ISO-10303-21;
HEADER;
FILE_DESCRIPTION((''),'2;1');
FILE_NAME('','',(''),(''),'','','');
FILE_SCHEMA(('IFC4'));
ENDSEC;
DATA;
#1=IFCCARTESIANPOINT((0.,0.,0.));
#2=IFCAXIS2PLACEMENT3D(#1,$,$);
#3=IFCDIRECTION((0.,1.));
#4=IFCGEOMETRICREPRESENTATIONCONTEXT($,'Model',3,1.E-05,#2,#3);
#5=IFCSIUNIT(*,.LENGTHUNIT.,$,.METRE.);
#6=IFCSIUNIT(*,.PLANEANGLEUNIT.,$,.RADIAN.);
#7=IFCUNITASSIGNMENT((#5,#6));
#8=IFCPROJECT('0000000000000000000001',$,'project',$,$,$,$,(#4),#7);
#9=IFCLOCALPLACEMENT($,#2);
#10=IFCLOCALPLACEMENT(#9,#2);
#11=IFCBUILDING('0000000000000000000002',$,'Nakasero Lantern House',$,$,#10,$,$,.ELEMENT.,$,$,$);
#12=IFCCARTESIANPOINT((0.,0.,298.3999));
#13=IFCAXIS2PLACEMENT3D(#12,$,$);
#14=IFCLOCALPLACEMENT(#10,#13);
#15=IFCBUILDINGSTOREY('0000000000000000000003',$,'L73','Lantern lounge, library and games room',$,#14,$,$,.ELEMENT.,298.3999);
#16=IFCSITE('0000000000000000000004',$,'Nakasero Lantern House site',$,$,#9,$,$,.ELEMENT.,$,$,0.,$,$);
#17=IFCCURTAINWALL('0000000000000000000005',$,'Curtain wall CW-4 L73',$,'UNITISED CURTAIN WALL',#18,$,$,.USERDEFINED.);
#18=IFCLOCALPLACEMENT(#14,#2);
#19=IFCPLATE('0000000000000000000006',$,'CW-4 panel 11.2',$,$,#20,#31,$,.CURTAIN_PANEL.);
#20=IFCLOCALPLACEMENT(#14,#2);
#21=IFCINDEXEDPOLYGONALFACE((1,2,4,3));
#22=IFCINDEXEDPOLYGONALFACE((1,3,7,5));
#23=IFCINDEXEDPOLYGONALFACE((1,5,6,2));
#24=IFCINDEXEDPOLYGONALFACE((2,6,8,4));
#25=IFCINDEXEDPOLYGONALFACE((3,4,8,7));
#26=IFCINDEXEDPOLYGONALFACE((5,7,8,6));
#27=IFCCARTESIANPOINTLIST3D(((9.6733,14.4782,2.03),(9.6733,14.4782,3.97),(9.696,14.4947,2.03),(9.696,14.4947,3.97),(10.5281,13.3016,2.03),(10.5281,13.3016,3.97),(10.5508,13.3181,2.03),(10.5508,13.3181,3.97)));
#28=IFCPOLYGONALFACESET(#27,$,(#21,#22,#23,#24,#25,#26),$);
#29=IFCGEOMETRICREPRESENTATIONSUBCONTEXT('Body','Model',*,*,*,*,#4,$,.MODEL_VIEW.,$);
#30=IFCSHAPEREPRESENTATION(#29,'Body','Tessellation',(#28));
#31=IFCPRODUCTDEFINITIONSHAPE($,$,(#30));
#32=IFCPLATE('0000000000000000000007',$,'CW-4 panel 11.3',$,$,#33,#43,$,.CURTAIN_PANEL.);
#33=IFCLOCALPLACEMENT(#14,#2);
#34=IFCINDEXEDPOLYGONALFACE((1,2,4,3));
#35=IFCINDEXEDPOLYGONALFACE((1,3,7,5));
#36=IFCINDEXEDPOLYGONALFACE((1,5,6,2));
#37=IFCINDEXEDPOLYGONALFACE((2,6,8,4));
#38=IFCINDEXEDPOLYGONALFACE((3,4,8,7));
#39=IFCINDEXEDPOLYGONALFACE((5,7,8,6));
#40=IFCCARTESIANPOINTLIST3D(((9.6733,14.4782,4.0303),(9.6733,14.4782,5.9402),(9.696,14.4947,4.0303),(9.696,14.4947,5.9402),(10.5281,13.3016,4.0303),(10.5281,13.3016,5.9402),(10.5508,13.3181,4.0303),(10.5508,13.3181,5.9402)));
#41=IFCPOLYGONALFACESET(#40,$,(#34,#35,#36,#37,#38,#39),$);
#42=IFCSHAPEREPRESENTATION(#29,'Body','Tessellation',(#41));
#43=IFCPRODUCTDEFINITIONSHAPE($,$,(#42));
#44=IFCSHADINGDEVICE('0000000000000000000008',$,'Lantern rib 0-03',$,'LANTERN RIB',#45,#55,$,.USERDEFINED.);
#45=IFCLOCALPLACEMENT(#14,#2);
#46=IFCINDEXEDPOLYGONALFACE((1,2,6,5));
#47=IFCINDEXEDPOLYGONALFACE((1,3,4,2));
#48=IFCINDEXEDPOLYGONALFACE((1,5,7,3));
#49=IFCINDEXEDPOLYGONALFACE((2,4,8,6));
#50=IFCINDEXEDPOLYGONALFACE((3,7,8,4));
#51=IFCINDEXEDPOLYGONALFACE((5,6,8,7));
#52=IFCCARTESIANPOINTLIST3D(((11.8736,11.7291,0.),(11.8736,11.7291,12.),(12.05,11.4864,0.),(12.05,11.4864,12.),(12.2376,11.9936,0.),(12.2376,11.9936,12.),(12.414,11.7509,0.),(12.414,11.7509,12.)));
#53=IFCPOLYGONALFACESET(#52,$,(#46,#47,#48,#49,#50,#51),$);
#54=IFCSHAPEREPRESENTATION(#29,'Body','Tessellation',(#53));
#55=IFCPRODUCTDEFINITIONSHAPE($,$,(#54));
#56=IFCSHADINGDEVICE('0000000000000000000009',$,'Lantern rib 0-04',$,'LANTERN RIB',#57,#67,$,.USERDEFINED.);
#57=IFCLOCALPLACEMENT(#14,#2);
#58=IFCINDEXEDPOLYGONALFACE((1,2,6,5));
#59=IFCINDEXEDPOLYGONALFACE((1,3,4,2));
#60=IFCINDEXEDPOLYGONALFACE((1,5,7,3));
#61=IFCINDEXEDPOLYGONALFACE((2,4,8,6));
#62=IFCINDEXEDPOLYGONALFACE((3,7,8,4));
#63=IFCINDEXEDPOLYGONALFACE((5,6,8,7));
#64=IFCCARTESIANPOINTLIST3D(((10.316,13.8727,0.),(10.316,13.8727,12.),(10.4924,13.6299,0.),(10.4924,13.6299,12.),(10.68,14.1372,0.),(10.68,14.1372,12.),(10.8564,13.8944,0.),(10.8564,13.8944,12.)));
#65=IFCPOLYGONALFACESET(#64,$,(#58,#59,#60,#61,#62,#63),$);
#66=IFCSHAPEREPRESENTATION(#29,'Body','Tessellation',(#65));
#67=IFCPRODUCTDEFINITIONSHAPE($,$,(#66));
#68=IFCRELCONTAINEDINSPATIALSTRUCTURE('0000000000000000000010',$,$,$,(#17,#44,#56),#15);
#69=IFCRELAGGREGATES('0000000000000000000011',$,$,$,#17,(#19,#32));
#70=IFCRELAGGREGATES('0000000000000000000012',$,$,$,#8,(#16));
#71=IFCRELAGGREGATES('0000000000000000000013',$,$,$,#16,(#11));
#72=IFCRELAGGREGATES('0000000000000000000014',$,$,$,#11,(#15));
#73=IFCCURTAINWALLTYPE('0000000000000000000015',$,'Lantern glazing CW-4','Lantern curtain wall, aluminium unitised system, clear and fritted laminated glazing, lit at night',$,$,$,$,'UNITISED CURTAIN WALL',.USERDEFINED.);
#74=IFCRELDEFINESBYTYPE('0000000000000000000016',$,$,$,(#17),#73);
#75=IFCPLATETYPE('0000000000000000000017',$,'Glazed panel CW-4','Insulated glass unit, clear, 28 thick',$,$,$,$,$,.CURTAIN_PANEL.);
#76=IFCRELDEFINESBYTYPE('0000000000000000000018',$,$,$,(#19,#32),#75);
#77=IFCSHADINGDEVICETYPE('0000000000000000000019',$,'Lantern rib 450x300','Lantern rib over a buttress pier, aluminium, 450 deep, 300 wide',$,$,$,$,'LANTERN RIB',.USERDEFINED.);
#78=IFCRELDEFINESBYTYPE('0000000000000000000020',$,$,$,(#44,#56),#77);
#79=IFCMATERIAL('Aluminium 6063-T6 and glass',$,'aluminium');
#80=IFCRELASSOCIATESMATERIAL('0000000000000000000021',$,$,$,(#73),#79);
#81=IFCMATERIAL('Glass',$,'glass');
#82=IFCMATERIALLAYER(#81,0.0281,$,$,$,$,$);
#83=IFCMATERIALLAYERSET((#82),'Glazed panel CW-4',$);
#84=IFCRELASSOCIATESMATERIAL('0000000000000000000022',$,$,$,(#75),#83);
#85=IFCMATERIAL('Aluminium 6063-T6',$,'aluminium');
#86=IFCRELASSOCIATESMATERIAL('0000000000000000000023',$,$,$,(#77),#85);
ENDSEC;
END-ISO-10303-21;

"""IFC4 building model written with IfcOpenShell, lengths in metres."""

from ifc_helpers import new_model, si_unit, direction, frame, origin, origin_2d, place, context, subcontext, project, spatial, rectangle, extrude, material, layer, layer_set, type_object, element, aggregate, save


model = new_model("IFC4")

# Units and contexts
model_context = context("Model", 3, precision=1e-05, world=origin(), true_north=direction((0.0, 1.0)))
body_context = subcontext(model_context, "Body", "Model", "MODEL_VIEW")
ifc_project = project(units=[si_unit("LENGTHUNIT", "METRE"), si_unit("PLANEANGLEUNIT", "RADIAN")], contexts=[model_context])

# Site, building, storey
site_placement = place(None, origin())
site = spatial("IfcSite", under=ifc_project, at=site_placement, Name="Nakasero Lantern House site", CompositionType="ELEMENT", RefElevation=0.0)
building_placement = place(site_placement, origin())
building = spatial("IfcBuilding", under=site, at=building_placement, Name="Nakasero Lantern House", CompositionType="ELEMENT")
storey_placement = place(building_placement, frame((0.0, 0.0, 298.3999)))
storey = spatial("IfcBuildingStorey", under=building, at=storey_placement, Name="L73", Description="Lantern lounge, library and games room", CompositionType="ELEMENT", Elevation=298.3999)

# Curtain wall
ifc_material_1 = material(Name="Aluminium 6063-T6 and glass", Category="aluminium")
curtain_wall_type = type_object("IfcCurtainWallType", Name="Lantern glazing CW-4", Description="Lantern curtain wall, aluminium unitised system, clear and fritted laminated glazing, lit at night", ElementType="UNITISED CURTAIN WALL", PredefinedType="USERDEFINED", material=ifc_material_1)
curtain_wall_placement = place(storey_placement, origin())
curtain_wall = element("IfcCurtainWall", 1, at=curtain_wall_placement, inside=storey, type_object=curtain_wall_type, Name="Curtain wall CW-4 L73", ObjectType="UNITISED CURTAIN WALL", PredefinedType="USERDEFINED")

# Plates
ifc_material_2 = material(Name="Glass", Category="glass")
ifc_layer = layer(ifc_material_2, 0.0281)
ifc_layer_set = layer_set([ifc_layer], Name="Glazed panel CW-4")
plate_type = type_object("IfcPlateType", Name="Glazed panel CW-4", Description="Insulated glass unit, clear, 28 thick", PredefinedType="CURTAIN_PANEL", material=ifc_layer_set)
plate_1_placement = place(storey_placement, frame((10.1121, 13.8982, 2.03), z_axis=(0.0, 0.0, 1.0), x_axis=(-0.587785, 0.809017, 0.0)))
plate_1 = element("IfcPlate", 2, at=plate_1_placement, type_object=plate_type, Name="CW-4 panel 11.2", PredefinedType="CURTAIN_PANEL", context=body_context, shape_type="SweptSolid", body=[
    extrude(rectangle(XDim=1.4543, YDim=0.0281, at=origin_2d()), origin(), (0.0, 0.0, 1.0), 1.9399),
])
plate_2_placement = place(storey_placement, frame((10.1121, 13.8982, 4.0303), z_axis=(0.0, 0.0, 1.0), x_axis=(-0.587785, 0.809017, 0.0)))
plate_2 = element("IfcPlate", 3, at=plate_2_placement, type_object=plate_type, Name="CW-4 panel 11.3", PredefinedType="CURTAIN_PANEL", context=body_context, shape_type="SweptSolid", body=[
    extrude(rectangle(XDim=1.4543, YDim=0.0281, at=origin_2d()), origin(), (0.0, 0.0, 1.0), 1.9099),
])
aggregate(curtain_wall, [plate_1, plate_2])

# Shading devices
ifc_material_3 = material(Name="Aluminium 6063-T6", Category="aluminium")
shading_device_type = type_object("IfcShadingDeviceType", Name="Lantern rib 450x300", Description="Lantern rib over a buttress pier, aluminium, 450 deep, 300 wide", ElementType="LANTERN RIB", PredefinedType="USERDEFINED", material=ifc_material_3)
for number, where, z_axis, x_axis, name in (
    (4, (12.1438, 11.74, 0.0), (0.0, 0.0, 1.0), (0.809017, 0.587785, 0.0), "Lantern rib 0-03"),
    (5, (10.5862, 13.8835, 0.0), (0.0, 0.0, 1.0), (0.809017, 0.587785, 0.0), "Lantern rib 0-04"),
):
    element("IfcShadingDevice", number, at=place(storey_placement, frame(where, z_axis=z_axis, x_axis=x_axis)), inside=storey, type_object=shading_device_type, Name=name, ObjectType="LANTERN RIB", PredefinedType="USERDEFINED", context=body_context, shape_type="SweptSolid", body=[
        extrude(rectangle(XDim=0.45, YDim=0.3, at=origin_2d()), origin(), (0.0, 0.0, 1.0), 12.0),
    ])

save(model, "model.ifc")
